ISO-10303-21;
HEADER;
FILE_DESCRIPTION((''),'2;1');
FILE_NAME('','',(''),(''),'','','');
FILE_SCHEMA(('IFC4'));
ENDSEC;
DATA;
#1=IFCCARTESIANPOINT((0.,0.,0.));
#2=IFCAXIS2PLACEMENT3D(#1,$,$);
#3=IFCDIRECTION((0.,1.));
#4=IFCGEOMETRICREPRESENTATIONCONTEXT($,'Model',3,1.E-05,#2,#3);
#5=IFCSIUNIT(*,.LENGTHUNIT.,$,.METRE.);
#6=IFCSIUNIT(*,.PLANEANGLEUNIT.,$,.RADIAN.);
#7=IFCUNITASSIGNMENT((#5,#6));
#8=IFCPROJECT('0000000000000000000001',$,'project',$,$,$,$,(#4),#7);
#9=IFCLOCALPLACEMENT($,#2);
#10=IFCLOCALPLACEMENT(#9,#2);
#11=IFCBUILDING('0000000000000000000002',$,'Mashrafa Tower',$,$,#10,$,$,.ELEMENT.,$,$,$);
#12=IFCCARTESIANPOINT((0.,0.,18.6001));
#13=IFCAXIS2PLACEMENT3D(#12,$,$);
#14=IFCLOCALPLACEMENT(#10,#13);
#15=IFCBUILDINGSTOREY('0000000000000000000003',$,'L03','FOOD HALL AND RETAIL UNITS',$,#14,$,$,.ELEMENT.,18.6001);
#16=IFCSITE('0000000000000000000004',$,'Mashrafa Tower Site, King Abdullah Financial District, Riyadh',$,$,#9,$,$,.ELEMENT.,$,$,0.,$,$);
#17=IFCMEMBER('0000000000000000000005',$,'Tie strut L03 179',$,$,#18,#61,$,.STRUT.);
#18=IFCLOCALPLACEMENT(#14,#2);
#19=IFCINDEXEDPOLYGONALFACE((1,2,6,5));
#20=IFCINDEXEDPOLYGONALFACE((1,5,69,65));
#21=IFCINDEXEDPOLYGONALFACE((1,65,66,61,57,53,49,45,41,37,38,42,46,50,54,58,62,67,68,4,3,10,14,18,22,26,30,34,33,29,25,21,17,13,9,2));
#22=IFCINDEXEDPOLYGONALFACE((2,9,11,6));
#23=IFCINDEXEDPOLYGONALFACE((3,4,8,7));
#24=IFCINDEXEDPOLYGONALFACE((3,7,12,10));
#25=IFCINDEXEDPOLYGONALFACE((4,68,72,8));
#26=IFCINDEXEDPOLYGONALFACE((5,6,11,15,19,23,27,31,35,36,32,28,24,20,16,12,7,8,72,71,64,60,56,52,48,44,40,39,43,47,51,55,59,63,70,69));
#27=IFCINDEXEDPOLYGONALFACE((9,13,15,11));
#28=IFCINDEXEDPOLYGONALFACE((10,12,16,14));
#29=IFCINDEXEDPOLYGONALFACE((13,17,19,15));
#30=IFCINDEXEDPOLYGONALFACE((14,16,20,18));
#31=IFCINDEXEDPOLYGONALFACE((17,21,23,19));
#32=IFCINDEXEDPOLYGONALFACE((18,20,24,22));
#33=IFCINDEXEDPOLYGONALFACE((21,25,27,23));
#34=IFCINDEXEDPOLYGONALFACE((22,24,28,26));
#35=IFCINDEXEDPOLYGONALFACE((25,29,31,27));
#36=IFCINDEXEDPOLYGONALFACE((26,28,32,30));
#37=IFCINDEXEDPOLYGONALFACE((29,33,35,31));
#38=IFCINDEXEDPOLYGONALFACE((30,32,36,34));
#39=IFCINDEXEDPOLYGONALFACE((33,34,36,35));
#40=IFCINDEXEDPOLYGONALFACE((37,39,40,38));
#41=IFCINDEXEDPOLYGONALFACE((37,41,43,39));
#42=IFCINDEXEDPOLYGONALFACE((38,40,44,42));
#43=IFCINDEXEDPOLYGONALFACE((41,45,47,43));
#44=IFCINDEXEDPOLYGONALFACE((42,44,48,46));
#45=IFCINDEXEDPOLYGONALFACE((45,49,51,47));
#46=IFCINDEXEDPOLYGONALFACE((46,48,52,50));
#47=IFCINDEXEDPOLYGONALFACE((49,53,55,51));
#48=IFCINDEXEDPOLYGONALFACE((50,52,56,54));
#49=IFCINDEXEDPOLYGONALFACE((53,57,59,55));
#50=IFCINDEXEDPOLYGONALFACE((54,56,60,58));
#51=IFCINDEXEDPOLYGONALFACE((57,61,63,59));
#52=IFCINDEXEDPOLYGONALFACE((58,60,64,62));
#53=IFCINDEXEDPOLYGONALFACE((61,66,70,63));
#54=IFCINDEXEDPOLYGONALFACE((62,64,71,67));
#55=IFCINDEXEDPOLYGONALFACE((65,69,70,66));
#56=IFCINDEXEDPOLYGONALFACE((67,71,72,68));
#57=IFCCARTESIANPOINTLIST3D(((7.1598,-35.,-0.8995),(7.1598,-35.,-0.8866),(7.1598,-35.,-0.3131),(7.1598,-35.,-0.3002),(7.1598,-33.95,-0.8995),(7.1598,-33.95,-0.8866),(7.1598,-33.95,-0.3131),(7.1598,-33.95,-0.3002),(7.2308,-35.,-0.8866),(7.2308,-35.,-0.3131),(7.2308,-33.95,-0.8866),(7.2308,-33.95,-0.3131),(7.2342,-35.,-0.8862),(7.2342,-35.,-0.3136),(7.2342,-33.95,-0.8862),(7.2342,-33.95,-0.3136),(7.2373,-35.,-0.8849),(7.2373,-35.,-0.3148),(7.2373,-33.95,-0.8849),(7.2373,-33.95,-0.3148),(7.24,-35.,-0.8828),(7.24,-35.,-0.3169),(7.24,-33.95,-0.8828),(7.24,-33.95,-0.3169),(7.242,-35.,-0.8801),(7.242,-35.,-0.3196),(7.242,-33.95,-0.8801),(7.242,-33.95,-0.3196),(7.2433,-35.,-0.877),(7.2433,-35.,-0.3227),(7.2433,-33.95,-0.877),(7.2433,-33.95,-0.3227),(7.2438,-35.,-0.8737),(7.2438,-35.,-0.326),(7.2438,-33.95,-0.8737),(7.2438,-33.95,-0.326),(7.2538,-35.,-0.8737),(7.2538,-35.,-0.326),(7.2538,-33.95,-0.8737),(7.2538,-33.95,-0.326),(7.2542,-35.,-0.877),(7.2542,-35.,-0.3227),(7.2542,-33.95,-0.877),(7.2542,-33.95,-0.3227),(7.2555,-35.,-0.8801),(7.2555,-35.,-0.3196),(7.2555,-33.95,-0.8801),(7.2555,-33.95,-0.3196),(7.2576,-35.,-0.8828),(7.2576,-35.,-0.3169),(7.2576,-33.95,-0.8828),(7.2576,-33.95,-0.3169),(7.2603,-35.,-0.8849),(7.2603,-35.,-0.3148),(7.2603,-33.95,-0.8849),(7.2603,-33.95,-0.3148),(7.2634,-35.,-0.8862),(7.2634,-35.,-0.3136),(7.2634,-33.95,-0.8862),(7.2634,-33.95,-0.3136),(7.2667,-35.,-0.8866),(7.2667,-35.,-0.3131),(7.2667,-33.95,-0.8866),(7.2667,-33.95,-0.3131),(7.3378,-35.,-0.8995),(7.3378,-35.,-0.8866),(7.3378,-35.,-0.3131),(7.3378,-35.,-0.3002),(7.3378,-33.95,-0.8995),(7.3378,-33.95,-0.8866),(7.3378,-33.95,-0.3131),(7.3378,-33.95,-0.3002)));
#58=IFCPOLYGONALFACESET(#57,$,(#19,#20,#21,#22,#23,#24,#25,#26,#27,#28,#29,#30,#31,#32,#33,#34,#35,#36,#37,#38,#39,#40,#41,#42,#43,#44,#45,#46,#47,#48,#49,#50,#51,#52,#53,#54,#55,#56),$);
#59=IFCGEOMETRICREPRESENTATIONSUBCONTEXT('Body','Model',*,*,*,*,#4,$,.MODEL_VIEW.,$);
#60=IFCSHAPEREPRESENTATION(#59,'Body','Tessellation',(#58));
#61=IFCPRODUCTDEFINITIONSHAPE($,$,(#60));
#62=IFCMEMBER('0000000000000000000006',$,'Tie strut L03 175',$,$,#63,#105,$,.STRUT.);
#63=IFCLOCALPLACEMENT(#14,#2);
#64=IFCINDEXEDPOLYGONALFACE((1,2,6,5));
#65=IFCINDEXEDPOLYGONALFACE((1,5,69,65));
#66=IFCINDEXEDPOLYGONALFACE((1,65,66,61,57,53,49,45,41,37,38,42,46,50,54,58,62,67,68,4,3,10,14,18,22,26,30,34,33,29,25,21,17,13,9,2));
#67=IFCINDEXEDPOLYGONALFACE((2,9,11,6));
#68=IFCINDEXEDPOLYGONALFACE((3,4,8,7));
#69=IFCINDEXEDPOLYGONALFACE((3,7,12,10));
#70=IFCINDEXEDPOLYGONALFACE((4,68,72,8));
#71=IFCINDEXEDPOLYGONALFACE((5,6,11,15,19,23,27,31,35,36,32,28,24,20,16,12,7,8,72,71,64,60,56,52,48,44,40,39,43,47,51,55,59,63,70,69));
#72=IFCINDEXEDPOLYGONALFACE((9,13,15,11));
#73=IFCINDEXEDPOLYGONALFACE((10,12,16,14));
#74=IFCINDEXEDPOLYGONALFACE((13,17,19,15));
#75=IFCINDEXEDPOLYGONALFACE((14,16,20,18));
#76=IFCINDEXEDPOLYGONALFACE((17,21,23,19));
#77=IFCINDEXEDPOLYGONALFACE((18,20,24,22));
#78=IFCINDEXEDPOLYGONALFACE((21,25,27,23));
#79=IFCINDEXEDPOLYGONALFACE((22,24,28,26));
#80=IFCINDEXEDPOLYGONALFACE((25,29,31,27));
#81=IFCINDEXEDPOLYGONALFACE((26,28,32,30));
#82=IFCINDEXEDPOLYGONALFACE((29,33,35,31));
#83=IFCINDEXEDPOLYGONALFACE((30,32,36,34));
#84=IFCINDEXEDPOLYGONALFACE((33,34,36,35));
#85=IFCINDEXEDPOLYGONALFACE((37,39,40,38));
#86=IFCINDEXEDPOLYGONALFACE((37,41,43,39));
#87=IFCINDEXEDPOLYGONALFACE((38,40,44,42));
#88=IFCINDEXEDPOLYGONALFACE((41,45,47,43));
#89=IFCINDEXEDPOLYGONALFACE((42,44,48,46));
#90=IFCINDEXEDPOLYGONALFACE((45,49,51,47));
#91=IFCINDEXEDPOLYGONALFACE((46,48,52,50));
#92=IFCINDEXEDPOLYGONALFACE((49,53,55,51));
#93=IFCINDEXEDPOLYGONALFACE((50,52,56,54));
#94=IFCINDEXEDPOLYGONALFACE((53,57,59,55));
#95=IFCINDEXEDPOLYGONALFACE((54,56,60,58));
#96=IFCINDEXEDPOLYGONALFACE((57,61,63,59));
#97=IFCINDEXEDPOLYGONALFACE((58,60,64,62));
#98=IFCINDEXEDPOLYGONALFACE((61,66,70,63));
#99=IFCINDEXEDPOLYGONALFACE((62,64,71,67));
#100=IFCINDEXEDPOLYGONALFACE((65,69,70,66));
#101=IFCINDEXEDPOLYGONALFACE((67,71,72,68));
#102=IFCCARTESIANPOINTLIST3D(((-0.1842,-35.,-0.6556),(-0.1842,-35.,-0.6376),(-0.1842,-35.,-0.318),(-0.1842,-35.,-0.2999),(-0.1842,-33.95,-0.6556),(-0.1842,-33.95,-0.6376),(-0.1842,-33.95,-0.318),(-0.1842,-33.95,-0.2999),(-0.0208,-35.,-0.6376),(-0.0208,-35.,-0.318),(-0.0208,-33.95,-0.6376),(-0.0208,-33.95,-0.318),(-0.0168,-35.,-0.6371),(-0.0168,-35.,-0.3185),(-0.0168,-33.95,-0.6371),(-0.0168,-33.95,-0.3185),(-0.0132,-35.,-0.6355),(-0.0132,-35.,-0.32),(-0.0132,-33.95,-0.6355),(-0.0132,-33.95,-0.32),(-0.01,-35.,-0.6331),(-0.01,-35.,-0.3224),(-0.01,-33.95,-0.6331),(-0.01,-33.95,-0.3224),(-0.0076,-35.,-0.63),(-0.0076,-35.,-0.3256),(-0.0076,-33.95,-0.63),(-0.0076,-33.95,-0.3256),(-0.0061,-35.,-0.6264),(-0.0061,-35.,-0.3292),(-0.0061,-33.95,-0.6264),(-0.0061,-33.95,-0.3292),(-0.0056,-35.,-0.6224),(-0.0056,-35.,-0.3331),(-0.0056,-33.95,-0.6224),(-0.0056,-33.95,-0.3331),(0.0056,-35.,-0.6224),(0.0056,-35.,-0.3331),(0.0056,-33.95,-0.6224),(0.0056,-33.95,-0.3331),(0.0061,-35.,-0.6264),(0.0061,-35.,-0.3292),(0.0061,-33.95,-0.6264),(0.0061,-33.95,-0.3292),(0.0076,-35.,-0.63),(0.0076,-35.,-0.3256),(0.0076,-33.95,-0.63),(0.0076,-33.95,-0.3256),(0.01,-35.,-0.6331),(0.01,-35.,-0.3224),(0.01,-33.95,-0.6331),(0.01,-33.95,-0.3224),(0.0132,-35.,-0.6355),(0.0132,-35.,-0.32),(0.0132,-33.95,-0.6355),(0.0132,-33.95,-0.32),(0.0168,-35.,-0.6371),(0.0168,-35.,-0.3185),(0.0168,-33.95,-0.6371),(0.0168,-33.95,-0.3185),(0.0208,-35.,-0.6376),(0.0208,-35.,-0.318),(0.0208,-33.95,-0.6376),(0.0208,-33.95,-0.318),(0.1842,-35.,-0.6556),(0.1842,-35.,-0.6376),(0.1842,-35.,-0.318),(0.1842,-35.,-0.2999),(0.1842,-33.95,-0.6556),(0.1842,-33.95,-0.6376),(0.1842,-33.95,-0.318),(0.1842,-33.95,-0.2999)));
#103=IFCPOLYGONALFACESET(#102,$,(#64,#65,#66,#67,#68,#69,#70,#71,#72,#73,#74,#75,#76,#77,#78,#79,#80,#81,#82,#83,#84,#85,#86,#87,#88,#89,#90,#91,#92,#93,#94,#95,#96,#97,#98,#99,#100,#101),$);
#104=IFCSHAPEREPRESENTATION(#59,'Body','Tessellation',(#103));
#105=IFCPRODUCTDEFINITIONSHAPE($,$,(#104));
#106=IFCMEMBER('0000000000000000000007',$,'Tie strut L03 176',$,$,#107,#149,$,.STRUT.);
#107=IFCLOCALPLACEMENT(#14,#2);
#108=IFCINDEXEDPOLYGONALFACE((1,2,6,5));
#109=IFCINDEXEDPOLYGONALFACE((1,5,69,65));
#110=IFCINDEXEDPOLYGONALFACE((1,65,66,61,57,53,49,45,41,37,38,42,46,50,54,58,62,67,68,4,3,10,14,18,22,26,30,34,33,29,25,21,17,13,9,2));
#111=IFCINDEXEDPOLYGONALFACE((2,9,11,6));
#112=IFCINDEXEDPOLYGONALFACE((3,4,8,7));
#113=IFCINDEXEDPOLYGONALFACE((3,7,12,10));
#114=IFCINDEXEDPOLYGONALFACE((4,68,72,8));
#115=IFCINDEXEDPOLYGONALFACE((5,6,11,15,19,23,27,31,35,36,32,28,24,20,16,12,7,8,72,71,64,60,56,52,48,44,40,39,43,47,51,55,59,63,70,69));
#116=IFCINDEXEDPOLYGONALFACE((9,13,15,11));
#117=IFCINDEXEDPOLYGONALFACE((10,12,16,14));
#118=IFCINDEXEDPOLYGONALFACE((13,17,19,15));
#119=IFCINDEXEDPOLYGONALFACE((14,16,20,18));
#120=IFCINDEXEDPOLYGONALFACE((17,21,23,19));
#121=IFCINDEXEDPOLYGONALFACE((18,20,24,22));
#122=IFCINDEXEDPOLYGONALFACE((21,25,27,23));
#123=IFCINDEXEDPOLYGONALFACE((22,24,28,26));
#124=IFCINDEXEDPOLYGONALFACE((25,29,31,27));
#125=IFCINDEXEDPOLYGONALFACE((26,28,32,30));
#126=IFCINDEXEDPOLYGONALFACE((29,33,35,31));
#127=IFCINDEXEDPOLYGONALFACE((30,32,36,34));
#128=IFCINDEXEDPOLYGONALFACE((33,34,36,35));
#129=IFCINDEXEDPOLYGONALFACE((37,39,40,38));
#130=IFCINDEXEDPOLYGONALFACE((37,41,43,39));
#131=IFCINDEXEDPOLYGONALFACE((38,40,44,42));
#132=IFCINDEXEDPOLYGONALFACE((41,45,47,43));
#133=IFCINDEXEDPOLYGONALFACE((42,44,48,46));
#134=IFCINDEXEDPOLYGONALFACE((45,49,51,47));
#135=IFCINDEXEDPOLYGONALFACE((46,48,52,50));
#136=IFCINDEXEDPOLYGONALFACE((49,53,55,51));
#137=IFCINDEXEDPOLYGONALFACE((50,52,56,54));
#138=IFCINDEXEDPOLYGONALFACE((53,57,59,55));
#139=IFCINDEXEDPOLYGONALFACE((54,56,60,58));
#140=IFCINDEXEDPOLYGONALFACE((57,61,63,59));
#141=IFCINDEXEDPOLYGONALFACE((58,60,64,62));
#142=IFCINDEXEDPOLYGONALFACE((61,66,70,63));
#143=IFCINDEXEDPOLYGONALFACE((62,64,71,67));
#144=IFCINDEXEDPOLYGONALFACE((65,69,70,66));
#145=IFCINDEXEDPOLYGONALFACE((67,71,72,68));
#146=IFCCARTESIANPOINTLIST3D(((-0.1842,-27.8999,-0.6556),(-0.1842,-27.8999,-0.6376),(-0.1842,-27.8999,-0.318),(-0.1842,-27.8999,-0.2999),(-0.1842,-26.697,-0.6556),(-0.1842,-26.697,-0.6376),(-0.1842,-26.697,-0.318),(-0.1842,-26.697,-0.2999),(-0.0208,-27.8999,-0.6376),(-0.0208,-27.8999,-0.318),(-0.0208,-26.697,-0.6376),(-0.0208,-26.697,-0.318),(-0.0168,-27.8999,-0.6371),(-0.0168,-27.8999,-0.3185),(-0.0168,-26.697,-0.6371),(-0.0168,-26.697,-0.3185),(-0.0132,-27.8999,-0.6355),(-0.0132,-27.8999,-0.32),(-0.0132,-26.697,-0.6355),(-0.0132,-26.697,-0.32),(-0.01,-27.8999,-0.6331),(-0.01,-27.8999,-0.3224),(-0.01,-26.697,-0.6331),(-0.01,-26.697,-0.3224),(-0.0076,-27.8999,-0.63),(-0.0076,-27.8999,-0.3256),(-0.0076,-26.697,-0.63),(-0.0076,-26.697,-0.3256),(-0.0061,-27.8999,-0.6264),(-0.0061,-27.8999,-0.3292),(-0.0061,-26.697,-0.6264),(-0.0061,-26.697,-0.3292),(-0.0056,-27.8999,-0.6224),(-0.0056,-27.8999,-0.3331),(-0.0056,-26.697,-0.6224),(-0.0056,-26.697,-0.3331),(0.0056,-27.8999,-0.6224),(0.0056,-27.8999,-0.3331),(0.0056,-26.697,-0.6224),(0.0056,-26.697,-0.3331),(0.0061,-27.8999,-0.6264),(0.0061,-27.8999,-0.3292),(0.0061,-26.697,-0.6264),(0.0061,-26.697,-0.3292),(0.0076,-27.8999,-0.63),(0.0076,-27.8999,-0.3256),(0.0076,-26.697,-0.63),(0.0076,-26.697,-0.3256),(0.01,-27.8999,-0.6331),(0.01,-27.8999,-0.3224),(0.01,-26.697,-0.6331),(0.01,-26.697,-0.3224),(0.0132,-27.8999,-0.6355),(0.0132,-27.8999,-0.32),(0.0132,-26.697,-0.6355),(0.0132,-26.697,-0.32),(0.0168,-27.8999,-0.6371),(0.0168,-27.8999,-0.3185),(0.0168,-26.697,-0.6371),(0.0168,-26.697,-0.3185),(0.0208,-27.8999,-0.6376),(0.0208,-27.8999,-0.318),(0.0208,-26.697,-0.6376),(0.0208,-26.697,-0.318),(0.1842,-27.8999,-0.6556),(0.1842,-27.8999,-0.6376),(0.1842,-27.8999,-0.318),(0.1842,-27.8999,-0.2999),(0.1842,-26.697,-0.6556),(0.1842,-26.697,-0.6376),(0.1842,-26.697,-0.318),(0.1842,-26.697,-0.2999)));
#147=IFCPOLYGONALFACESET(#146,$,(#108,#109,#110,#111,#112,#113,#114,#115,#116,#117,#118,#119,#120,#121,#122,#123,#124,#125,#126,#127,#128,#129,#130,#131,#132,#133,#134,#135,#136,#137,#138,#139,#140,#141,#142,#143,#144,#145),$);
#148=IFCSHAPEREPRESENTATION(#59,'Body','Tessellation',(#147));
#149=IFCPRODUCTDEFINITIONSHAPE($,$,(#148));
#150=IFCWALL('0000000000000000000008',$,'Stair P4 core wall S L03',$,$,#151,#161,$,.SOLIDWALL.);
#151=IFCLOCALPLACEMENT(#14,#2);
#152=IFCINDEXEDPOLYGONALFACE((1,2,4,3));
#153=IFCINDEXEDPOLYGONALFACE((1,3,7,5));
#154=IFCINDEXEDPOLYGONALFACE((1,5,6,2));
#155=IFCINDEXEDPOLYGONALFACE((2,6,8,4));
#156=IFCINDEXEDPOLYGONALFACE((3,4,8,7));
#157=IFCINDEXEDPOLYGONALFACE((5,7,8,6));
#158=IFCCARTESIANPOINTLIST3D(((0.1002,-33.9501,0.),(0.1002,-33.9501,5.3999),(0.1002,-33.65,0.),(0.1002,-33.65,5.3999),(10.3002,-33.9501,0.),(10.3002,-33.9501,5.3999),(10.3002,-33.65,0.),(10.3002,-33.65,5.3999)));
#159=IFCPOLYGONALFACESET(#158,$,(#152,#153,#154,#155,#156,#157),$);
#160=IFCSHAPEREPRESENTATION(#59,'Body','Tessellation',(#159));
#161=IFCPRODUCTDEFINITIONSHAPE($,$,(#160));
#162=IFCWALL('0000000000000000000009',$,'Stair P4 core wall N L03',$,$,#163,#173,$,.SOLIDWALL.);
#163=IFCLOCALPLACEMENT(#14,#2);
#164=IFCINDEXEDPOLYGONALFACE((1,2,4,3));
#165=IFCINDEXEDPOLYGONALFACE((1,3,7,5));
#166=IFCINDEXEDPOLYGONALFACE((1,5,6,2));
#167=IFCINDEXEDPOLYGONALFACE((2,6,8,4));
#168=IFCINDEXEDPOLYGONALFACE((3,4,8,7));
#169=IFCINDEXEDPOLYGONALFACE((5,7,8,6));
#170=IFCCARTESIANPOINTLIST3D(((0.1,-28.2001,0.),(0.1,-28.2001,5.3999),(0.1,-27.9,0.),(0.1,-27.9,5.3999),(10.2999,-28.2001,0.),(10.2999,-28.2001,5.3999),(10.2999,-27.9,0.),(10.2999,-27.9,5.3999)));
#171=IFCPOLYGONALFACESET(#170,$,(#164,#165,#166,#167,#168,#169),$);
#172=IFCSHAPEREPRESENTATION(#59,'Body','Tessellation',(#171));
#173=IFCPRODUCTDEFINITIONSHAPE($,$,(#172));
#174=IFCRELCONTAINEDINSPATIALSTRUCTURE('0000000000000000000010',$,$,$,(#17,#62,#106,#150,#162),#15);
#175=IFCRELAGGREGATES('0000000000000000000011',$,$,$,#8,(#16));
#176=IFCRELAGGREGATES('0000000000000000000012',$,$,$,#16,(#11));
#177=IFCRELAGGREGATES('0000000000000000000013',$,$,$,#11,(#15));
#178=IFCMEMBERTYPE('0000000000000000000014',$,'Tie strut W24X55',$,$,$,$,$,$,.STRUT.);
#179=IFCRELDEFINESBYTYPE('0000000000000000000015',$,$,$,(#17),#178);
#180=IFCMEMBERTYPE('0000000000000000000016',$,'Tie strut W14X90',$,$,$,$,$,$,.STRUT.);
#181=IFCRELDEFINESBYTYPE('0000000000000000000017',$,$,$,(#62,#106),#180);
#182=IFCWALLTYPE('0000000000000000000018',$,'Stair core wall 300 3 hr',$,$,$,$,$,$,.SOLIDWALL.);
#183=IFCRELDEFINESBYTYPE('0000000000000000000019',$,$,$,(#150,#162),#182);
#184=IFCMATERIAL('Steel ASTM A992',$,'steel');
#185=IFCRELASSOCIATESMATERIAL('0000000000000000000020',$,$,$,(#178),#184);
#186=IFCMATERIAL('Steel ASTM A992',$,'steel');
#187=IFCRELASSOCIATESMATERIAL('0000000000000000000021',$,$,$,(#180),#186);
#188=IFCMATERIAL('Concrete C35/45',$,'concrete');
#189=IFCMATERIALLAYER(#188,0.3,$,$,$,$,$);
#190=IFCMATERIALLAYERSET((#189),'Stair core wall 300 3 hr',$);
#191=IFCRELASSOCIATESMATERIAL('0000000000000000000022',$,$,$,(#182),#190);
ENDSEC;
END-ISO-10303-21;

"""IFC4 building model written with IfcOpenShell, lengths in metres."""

from ifc_helpers import new_model, si_unit, direction, frame, frame_2d, origin, origin_2d, place, context, subcontext, project, spatial, rectangle, i_section, extrude, source, transform, mapped, material, layer, layer_set, material_profile, profile_set, type_object, type_shapes, element, save


model = new_model("IFC4")

# Units and contexts
model_context = context("Model", 3, precision=1e-05, world=origin(), true_north=direction((0.0, 1.0)))
body_context = subcontext(model_context, "Body", "Model", "MODEL_VIEW")
ifc_project = project(units=[si_unit("LENGTHUNIT", "METRE"), si_unit("PLANEANGLEUNIT", "RADIAN")], contexts=[model_context])

# Site, building, storey
site_placement = place(None, origin())
site = spatial("IfcSite", under=ifc_project, at=site_placement, Name="Mashrafa Tower Site, King Abdullah Financial District, Riyadh", CompositionType="ELEMENT", RefElevation=0.0)
building_placement = place(site_placement, origin())
building = spatial("IfcBuilding", under=site, at=building_placement, Name="Mashrafa Tower", CompositionType="ELEMENT")
storey_placement = place(building_placement, frame((0.0, 0.0, 18.6001)))
storey = spatial("IfcBuildingStorey", under=building, at=storey_placement, Name="L03", Description="FOOD HALL AND RETAIL UNITS", CompositionType="ELEMENT", Elevation=18.6001)

# Members
ifc_material_1 = material(Name="Steel ASTM A992", Category="steel")
ifc_material_profile_1 = material_profile(ifc_material_1, i_section(OverallWidth=0.178, OverallDepth=0.5994, WebThickness=0.01, FlangeThickness=0.0129, FilletRadius=0.0129, at=origin_2d()), Name="W24X55")
ifc_profile_set_1 = profile_set([ifc_material_profile_1], Name="Steel ASTM A992")
member_type_1 = type_object("IfcMemberType", Name="Tie strut W24X55", PredefinedType="STRUT", material=ifc_profile_set_1)
shared_shape_1 = source(origin(), body_context, "Body", "SweptSolid", [
    extrude(i_section(OverallWidth=0.178, OverallDepth=0.5994, WebThickness=0.01, FlangeThickness=0.0129, FilletRadius=0.0129, at=origin_2d()), origin(), (0.0, 0.0, 1.0), 1.05),
])
type_shapes(member_type_1, [shared_shape_1])
member_1_placement = place(storey_placement, frame((7.2488, -33.95, -0.5999), z_axis=(0.0, -1.0, 0.0), x_axis=(1.0, 0.0, 0.0)))
element("IfcMember", 1, at=member_1_placement, inside=storey, type_object=member_type_1, Name="Tie strut L03 179", PredefinedType="STRUT", context=body_context, shape_type="MappedRepresentation", body=[
    mapped(shared_shape_1, transform((0.0, 0.0, 0.0))),
])
ifc_material_2 = material(Name="Steel ASTM A992", Category="steel")
ifc_material_profile_2 = material_profile(ifc_material_2, i_section(OverallWidth=0.3684, OverallDepth=0.3557, WebThickness=0.0112, FlangeThickness=0.0181, FilletRadius=0.0151, at=origin_2d()), Name="W14X90")
ifc_profile_set_2 = profile_set([ifc_material_profile_2], Name="Steel ASTM A992")
member_type_2 = type_object("IfcMemberType", Name="Tie strut W14X90", PredefinedType="STRUT", material=ifc_profile_set_2)
shared_shape_2 = source(origin(), body_context, "Body", "SweptSolid", [
    extrude(i_section(OverallWidth=0.3684, OverallDepth=0.3557, WebThickness=0.0112, FlangeThickness=0.0181, FilletRadius=0.0151, at=origin_2d()), origin(), (0.0, 0.0, 1.0), 1.05),
])
member_2_placement = place(storey_placement, frame((0.0, -33.95, -0.4778), z_axis=(0.0, -1.0, 0.0), x_axis=(1.0, 0.0, 0.0)))
element("IfcMember", 2, at=member_2_placement, inside=storey, type_object=member_type_2, Name="Tie strut L03 175", PredefinedType="STRUT", context=body_context, shape_type="MappedRepresentation", body=[
    mapped(shared_shape_2, transform((0.0, 0.0, 0.0))),
])
shared_shape_3 = source(origin(), body_context, "Body", "SweptSolid", [
    extrude(i_section(OverallWidth=0.3684, OverallDepth=0.3557, WebThickness=0.0112, FlangeThickness=0.0181, FilletRadius=0.0151, at=origin_2d()), origin(), (0.0, 0.0, 1.0), 1.2029),
])
type_shapes(member_type_2, [shared_shape_2, shared_shape_3])
member_3_placement = place(storey_placement, frame((0.0, -26.697, -0.4778), z_axis=(0.0, -1.0, 0.0), x_axis=(1.0, 0.0, 0.0)))
element("IfcMember", 3, at=member_3_placement, inside=storey, type_object=member_type_2, Name="Tie strut L03 176", PredefinedType="STRUT", context=body_context, shape_type="MappedRepresentation", body=[
    mapped(shared_shape_3, transform((0.0, 0.0, 0.0))),
])

# Walls
ifc_material_3 = material(Name="Concrete C35/45", Category="concrete")
ifc_layer = layer(ifc_material_3, 0.3)
ifc_layer_set = layer_set([ifc_layer], Name="Stair core wall 300 3 hr")
wall_type = type_object("IfcWallType", Name="Stair core wall 300 3 hr", PredefinedType="SOLIDWALL", material=ifc_layer_set)
for number, where, z_axis, x_axis, name in (
    (4, (0.1001, -33.8, 0.0), (0.0, 0.0, 1.0), (1.0, 0.0, 0.0), "Stair P4 core wall S L03"),
    (5, (10.3, -28.05, 0.0), (0.0, 0.0, 1.0), (-1.0, 0.0, 0.0), "Stair P4 core wall N L03"),
):
    element("IfcWall", number, at=place(storey_placement, frame(where, z_axis=z_axis, x_axis=x_axis)), inside=storey, type_object=wall_type, Name=name, PredefinedType="SOLIDWALL", context=body_context, shape_type="SweptSolid", body=[
        extrude(rectangle(XDim=10.2, YDim=0.3, at=frame_2d((5.1001, 0.0))), origin(), (0.0, 0.0, 1.0), 5.3999),
    ])

save(model, "model.ifc")
